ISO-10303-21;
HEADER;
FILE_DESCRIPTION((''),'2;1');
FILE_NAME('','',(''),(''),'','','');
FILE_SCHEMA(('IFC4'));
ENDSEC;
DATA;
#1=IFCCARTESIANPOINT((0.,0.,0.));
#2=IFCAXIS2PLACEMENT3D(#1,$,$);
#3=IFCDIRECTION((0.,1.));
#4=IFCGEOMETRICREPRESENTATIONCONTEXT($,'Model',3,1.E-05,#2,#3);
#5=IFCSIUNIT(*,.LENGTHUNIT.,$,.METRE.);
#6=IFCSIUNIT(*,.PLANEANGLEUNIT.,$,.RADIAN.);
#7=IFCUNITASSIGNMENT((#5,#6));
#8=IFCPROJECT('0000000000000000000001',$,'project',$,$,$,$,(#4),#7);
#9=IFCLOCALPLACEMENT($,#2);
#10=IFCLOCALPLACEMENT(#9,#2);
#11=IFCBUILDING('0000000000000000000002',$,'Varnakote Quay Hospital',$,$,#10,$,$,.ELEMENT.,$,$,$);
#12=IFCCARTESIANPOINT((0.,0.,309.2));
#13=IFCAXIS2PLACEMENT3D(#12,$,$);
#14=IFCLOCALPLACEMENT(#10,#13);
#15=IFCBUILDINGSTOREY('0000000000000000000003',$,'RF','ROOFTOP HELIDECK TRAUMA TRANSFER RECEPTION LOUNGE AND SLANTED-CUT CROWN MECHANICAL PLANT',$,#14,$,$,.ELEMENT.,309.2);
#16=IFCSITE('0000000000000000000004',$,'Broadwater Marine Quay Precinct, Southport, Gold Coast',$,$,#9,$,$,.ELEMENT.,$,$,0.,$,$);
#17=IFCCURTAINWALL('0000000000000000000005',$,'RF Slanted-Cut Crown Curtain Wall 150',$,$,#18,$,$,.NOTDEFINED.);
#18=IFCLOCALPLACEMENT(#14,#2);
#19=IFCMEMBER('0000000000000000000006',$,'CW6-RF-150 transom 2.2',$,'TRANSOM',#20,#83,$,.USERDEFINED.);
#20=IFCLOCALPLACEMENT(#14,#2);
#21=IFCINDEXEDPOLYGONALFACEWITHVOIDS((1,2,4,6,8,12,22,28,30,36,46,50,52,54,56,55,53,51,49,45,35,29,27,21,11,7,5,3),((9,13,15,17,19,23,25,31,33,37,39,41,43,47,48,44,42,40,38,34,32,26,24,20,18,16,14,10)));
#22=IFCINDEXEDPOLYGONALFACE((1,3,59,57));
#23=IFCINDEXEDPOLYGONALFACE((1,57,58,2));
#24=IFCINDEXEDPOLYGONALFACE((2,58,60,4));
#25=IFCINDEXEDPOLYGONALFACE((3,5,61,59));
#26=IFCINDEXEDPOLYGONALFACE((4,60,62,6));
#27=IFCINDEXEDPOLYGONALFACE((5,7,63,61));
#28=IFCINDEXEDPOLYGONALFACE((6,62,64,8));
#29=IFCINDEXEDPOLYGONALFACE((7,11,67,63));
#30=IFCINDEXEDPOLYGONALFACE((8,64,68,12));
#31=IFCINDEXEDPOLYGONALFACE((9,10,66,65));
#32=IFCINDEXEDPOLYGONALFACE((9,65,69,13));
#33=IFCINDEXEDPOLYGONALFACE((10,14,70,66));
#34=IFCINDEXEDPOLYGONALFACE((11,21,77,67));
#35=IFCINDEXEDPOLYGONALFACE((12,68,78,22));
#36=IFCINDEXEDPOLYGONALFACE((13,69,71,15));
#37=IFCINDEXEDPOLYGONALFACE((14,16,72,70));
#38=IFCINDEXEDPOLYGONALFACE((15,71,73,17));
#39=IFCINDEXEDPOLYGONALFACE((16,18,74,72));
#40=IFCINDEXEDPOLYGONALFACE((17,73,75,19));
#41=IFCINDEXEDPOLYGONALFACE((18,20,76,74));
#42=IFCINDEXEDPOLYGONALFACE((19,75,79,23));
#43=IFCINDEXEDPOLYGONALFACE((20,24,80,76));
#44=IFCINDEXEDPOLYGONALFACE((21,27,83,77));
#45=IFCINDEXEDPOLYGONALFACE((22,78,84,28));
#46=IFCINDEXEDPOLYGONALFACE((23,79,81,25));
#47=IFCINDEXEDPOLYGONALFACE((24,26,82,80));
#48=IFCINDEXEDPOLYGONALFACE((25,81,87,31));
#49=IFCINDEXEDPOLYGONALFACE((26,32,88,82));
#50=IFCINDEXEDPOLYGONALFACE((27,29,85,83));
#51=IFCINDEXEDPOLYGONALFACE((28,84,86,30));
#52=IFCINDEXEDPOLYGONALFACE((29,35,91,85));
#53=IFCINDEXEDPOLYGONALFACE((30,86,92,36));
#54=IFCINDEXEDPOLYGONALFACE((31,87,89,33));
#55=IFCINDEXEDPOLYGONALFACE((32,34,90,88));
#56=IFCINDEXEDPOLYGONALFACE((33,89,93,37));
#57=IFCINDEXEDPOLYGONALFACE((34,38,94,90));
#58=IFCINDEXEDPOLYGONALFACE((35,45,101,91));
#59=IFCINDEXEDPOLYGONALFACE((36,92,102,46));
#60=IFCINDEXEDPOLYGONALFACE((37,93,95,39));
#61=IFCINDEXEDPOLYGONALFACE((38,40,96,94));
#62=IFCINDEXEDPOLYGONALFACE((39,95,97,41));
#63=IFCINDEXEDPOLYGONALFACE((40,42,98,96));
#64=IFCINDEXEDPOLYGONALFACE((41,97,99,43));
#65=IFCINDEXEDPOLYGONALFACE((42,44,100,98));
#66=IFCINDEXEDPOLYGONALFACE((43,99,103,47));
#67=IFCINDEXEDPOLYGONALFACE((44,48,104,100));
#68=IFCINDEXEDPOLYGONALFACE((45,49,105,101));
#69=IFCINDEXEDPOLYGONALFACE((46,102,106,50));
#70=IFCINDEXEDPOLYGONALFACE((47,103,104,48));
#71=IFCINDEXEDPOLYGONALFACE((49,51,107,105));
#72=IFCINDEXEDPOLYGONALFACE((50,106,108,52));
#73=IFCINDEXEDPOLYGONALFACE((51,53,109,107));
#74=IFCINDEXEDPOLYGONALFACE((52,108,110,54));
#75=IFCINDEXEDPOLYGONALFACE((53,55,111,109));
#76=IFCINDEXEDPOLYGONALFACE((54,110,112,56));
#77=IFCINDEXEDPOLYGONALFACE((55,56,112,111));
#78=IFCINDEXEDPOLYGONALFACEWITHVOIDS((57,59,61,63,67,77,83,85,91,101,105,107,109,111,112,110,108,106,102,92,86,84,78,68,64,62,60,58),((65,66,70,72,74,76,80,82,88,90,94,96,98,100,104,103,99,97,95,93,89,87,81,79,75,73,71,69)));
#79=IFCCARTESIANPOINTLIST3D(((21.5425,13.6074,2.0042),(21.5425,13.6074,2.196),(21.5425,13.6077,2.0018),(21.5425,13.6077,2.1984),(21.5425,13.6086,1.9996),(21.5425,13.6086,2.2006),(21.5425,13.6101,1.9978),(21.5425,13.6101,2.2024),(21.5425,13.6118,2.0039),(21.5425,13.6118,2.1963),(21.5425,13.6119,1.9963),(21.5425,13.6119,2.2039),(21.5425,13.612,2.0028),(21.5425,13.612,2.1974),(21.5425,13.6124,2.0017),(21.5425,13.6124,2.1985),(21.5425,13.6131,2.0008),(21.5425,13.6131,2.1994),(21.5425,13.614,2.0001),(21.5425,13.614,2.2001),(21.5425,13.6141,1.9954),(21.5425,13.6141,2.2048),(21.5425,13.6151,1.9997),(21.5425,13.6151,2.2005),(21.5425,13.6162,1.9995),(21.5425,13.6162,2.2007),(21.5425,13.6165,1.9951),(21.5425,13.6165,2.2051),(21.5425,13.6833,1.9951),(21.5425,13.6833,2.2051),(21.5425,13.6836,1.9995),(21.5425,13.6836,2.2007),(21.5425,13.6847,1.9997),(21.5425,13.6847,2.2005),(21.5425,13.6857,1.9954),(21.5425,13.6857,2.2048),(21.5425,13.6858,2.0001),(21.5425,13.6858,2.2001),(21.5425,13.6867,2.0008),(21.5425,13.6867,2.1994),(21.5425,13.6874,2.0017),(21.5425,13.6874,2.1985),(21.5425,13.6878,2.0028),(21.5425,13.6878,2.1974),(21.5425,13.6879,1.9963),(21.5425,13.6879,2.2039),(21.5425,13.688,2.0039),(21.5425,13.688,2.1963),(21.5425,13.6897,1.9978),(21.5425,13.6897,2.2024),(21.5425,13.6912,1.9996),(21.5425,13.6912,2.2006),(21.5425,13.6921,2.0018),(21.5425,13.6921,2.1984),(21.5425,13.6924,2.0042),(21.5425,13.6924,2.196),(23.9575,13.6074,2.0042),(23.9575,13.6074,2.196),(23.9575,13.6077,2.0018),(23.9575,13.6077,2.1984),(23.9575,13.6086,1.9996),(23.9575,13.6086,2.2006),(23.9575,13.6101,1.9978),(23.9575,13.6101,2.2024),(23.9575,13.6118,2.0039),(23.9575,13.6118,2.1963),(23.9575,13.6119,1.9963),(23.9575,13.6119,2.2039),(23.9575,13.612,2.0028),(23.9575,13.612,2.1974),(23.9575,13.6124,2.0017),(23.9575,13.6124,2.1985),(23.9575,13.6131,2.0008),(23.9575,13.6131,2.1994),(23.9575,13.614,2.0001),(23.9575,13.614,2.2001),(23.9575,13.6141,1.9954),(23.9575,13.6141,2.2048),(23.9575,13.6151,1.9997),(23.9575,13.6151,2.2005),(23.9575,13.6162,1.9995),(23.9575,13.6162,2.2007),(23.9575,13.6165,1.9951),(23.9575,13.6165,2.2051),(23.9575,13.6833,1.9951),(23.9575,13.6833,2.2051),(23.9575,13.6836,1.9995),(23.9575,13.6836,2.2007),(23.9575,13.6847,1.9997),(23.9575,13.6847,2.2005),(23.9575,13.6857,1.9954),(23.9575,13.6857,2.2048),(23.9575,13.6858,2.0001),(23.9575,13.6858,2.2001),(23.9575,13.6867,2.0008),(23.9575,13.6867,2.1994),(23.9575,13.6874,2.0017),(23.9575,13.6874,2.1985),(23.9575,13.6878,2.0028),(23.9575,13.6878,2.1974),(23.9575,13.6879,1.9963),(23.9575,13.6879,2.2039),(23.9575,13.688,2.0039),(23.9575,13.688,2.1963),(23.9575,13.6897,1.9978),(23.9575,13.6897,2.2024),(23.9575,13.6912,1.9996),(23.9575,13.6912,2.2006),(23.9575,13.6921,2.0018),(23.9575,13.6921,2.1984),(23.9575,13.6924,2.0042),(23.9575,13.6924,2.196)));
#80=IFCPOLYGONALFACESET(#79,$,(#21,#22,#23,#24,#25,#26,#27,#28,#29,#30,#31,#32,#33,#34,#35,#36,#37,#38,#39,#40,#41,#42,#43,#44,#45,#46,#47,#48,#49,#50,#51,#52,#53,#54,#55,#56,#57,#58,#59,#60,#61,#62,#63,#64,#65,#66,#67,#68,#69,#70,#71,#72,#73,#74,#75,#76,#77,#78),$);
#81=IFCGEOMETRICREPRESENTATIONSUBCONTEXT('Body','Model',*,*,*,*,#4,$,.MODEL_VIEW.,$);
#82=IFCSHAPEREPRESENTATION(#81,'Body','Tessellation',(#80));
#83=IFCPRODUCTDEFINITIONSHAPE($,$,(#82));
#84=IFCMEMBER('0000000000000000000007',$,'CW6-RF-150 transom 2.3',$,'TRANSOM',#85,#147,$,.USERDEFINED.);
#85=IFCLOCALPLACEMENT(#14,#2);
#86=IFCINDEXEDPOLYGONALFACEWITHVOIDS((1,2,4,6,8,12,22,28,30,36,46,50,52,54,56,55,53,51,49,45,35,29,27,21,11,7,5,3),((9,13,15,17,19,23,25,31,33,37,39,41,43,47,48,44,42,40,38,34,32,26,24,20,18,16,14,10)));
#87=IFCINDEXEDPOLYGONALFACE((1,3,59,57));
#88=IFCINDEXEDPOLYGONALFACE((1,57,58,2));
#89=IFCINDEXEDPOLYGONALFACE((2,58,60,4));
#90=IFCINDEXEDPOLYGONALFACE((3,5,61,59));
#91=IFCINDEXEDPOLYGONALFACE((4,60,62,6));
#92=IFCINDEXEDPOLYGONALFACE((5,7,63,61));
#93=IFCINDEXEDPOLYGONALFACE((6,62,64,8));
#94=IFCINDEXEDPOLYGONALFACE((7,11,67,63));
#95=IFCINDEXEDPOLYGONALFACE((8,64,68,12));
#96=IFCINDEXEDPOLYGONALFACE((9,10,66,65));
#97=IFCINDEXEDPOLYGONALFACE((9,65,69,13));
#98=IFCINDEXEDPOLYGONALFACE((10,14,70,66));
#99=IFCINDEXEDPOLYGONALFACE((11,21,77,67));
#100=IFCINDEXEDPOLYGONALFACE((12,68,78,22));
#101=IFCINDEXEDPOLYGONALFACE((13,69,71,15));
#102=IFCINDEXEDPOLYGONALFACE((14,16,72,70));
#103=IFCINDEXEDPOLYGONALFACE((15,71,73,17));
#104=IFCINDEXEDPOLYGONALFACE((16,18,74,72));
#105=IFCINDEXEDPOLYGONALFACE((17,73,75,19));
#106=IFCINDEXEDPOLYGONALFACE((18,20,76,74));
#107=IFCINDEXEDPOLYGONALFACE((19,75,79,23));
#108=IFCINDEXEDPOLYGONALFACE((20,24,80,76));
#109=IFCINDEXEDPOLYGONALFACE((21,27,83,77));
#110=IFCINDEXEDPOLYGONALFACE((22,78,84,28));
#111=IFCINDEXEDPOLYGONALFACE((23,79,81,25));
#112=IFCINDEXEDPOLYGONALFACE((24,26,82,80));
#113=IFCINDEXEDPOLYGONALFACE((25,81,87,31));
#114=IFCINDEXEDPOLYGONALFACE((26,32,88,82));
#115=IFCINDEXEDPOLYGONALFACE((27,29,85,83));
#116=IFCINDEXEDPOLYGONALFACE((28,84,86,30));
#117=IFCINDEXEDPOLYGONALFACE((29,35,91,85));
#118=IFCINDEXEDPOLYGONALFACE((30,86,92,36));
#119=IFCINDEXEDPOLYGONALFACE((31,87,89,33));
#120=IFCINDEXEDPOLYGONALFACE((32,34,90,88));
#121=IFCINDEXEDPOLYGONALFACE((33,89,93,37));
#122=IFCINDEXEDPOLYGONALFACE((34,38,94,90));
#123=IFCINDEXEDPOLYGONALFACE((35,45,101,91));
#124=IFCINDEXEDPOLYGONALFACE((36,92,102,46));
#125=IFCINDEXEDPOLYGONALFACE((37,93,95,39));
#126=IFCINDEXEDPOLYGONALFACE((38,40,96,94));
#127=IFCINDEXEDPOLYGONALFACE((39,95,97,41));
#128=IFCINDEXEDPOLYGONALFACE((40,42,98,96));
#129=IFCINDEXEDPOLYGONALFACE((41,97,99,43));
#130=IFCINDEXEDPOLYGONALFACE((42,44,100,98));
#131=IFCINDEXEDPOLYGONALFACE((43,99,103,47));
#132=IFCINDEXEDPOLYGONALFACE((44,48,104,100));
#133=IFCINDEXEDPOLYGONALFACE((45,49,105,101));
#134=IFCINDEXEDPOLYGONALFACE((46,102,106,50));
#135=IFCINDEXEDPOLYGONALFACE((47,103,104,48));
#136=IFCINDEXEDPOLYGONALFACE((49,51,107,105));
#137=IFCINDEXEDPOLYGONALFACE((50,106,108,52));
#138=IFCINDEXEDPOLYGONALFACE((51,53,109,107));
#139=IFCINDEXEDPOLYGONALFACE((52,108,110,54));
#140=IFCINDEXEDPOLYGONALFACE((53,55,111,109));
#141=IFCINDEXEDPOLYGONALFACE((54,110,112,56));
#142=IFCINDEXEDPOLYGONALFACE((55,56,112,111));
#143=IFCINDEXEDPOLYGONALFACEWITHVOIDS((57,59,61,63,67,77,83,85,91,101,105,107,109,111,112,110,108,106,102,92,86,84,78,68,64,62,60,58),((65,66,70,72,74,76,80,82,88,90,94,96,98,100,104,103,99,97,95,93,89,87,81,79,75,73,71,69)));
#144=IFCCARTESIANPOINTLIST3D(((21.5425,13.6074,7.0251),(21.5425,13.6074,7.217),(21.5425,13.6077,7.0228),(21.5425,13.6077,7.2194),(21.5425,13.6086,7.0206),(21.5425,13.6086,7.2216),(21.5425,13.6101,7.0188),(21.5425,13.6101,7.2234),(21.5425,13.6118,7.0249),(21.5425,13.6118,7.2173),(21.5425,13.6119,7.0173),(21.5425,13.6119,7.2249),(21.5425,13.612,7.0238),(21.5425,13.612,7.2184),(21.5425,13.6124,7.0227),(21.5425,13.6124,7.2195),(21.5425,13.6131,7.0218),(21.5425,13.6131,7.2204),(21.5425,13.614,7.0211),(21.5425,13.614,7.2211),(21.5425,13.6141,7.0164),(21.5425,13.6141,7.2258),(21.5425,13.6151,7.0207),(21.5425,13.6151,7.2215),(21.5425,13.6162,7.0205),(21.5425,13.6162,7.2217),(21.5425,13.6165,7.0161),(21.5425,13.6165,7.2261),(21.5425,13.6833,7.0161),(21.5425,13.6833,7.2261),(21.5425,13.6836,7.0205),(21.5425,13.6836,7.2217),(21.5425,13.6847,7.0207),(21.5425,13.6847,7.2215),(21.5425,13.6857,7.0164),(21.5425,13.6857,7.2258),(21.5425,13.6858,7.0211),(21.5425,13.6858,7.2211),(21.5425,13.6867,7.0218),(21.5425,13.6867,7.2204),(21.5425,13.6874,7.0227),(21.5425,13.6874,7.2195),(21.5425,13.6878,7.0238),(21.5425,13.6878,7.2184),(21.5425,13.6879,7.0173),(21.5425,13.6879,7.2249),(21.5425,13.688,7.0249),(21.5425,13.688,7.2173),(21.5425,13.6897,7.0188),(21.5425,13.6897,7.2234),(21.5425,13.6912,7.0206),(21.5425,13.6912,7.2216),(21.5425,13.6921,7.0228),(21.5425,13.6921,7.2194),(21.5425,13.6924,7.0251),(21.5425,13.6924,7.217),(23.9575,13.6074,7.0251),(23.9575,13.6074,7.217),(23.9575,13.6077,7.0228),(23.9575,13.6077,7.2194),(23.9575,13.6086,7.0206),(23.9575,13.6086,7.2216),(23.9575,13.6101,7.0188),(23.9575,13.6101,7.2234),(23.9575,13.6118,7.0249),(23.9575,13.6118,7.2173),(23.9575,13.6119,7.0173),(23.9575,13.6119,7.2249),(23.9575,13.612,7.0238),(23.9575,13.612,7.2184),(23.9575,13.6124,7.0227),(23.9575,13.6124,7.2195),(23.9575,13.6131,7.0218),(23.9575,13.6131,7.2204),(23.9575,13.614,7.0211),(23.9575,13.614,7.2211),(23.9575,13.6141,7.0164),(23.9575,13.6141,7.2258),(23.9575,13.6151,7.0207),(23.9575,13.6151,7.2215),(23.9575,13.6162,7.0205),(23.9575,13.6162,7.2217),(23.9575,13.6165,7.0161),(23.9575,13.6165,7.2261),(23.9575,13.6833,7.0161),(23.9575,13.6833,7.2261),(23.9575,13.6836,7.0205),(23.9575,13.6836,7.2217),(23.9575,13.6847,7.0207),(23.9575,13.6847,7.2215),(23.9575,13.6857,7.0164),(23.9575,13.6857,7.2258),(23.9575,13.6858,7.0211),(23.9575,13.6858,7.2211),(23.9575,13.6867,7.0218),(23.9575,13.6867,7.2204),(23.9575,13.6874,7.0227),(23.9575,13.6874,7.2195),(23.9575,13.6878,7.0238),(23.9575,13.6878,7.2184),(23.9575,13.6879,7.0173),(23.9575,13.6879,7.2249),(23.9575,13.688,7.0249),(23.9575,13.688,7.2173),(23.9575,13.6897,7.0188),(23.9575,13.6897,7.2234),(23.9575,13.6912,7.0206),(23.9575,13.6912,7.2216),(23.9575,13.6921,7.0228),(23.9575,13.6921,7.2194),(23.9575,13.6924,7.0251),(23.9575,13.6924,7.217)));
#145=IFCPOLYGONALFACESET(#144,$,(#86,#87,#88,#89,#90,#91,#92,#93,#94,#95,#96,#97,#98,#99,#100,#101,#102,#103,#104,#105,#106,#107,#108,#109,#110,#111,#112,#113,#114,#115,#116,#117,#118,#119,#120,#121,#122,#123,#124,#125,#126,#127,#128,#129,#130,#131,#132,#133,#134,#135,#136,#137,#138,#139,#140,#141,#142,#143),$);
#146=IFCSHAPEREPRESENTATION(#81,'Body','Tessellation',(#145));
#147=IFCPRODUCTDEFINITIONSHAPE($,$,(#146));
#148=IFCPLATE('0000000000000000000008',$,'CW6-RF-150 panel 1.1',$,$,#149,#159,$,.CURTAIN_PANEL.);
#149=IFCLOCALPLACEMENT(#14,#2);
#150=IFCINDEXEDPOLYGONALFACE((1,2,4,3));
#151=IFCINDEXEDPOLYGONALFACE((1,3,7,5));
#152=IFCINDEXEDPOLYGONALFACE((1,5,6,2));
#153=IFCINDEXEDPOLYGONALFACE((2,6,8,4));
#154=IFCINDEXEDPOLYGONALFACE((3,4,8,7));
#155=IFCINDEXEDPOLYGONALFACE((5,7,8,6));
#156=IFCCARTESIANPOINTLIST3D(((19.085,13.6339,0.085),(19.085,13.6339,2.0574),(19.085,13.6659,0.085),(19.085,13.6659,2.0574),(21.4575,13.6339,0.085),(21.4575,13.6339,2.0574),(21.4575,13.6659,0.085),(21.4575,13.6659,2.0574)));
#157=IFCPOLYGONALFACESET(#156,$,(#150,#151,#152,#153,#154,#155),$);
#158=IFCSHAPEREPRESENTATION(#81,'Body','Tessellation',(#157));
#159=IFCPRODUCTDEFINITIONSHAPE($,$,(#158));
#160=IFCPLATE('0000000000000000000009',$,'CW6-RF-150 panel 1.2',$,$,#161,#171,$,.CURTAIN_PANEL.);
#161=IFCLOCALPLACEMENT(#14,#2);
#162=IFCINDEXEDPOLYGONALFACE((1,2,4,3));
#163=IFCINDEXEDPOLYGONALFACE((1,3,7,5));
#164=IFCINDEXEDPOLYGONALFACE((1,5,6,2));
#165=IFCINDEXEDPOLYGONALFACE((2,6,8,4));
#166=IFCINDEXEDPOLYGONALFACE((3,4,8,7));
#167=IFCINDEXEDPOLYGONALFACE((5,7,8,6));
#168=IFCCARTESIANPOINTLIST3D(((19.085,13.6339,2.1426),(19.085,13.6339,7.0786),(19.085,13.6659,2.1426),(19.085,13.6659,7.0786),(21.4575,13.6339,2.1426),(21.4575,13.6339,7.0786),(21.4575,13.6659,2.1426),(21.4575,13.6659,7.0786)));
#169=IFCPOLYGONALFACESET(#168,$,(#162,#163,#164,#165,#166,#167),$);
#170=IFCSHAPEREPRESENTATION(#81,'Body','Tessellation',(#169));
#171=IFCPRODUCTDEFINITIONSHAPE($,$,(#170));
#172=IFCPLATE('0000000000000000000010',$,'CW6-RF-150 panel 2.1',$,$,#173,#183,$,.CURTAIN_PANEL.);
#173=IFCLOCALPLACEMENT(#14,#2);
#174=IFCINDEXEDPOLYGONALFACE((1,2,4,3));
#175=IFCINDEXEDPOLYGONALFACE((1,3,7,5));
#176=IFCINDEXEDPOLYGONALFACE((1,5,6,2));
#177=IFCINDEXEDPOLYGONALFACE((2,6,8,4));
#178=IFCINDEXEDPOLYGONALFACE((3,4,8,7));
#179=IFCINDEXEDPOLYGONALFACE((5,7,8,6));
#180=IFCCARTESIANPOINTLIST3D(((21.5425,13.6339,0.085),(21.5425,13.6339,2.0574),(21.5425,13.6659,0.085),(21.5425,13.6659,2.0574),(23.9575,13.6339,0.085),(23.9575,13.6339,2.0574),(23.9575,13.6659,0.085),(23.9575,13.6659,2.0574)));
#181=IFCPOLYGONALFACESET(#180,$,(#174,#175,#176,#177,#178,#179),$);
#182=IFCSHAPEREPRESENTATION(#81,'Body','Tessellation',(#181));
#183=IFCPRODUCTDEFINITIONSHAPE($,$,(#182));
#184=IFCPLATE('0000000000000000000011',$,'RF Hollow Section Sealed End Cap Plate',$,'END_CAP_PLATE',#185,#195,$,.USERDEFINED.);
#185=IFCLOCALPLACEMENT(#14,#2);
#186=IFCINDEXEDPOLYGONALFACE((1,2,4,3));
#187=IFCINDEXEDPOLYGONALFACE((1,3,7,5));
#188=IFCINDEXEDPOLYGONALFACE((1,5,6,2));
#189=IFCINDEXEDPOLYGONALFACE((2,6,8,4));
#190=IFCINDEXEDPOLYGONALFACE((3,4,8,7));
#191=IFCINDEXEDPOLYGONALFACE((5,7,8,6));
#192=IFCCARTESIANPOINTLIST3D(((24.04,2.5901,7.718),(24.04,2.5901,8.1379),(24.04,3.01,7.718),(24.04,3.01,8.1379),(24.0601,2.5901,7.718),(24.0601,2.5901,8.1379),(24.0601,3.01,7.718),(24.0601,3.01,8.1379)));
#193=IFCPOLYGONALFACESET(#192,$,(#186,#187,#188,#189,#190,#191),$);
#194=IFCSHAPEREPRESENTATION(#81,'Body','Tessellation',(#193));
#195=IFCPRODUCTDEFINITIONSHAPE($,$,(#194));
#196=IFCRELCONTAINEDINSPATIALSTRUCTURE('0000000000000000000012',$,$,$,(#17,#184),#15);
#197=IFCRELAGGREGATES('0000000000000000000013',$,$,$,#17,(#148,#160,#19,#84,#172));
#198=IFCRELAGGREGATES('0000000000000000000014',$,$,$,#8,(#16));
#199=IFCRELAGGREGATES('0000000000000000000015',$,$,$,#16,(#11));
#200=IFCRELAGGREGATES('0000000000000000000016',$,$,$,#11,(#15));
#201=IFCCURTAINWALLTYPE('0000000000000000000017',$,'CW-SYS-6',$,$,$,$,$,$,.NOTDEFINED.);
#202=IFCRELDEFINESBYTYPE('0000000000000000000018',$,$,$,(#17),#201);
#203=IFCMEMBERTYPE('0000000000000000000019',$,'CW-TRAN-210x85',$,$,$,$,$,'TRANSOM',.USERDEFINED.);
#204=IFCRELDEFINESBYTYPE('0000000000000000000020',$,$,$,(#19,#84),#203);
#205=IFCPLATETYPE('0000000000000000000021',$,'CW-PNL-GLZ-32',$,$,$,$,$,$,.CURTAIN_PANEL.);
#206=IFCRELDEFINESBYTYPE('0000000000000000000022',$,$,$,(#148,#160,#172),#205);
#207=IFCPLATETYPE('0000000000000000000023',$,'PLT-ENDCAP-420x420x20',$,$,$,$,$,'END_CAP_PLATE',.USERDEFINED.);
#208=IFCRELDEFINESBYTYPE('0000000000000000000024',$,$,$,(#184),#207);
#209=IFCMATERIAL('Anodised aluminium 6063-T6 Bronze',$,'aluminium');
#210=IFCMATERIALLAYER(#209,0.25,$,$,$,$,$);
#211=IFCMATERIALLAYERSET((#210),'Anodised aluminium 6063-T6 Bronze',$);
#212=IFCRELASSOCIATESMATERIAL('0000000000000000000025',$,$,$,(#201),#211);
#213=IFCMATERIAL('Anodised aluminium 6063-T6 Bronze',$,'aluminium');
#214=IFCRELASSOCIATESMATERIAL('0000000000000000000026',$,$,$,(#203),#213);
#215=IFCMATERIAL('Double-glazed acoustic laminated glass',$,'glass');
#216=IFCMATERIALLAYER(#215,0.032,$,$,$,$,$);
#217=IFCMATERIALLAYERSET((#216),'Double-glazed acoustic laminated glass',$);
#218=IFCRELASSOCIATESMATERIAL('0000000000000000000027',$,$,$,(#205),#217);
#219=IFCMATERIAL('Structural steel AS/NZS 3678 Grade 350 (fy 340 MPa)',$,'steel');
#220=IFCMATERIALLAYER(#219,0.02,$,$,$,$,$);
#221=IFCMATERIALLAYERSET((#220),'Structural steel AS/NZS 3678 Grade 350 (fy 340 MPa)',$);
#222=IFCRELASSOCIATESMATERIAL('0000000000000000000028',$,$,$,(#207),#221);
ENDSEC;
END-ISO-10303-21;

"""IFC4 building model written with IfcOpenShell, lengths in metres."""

from ifc_helpers import new_model, si_unit, direction, frame, origin, origin_2d, place, context, subcontext, project, spatial, rectangle, hollow_rectangle, extrude, material, layer, layer_set, material_profile, profile_set, type_object, element, aggregate, save


model = new_model("IFC4")

# Units and contexts
model_context = context("Model", 3, precision=1e-05, world=origin(), true_north=direction((0.0, 1.0)))
body_context = subcontext(model_context, "Body", "Model", "MODEL_VIEW")
ifc_project = project(units=[si_unit("LENGTHUNIT", "METRE"), si_unit("PLANEANGLEUNIT", "RADIAN")], contexts=[model_context])

# Site, building, storey
site_placement = place(None, origin())
site = spatial("IfcSite", under=ifc_project, at=site_placement, Name="Broadwater Marine Quay Precinct, Southport, Gold Coast", CompositionType="ELEMENT", RefElevation=0.0)
building_placement = place(site_placement, origin())
building = spatial("IfcBuilding", under=site, at=building_placement, Name="Varnakote Quay Hospital", CompositionType="ELEMENT")
storey_placement = place(building_placement, frame((0.0, 0.0, 309.2)))
storey = spatial("IfcBuildingStorey", under=building, at=storey_placement, Name="RF", Description="ROOFTOP HELIDECK TRAUMA TRANSFER RECEPTION LOUNGE AND SLANTED-CUT CROWN MECHANICAL PLANT", CompositionType="ELEMENT", Elevation=309.2)

# Curtain wall, members, plates
ifc_material_1 = material(Name="Anodised aluminium 6063-T6 Bronze", Category="aluminium")
ifc_layer_1 = layer(ifc_material_1, 0.25)
ifc_layer_set_1 = layer_set([ifc_layer_1], Name="Anodised aluminium 6063-T6 Bronze")
curtain_wall_type = type_object("IfcCurtainWallType", Name="CW-SYS-6", PredefinedType="NOTDEFINED", material=ifc_layer_set_1)
curtain_wall_placement = place(storey_placement, origin())
curtain_wall = element("IfcCurtainWall", 1, at=curtain_wall_placement, inside=storey, type_object=curtain_wall_type, Name="RF Slanted-Cut Crown Curtain Wall 150", PredefinedType="NOTDEFINED")
ifc_material_2 = material(Name="Anodised aluminium 6063-T6 Bronze", Category="aluminium")
ifc_material_profile_1 = material_profile(ifc_material_2, hollow_rectangle(XDim=0.085, YDim=0.21, WallThickness=0.0044, InnerFilletRadius=0.0044, OuterFilletRadius=0.009, at=origin_2d()), Name="CW-TRAN-210x85")
ifc_profile_set_1 = profile_set([ifc_material_profile_1], Name="Anodised aluminium 6063-T6 Bronze")
member_type_1 = type_object("IfcMemberType", Name="CW-TRAN-210x85", ElementType="TRANSOM", PredefinedType="USERDEFINED", material=ifc_profile_set_1)
member_1_placement = place(storey_placement, frame((21.5425, 13.6499, 2.1001), z_axis=(1.0, 0.0, 0.0), x_axis=(0.0, 1.0, 0.0)))
member_1 = element("IfcMember", 2, at=member_1_placement, type_object=member_type_1, Name="CW6-RF-150 transom 2.2", ObjectType="TRANSOM", PredefinedType="USERDEFINED", context=body_context, shape_type="SweptSolid", body=[
    extrude(hollow_rectangle(XDim=0.085, YDim=0.21, WallThickness=0.0044, InnerFilletRadius=0.0044, OuterFilletRadius=0.009, at=origin_2d()), origin(), (0.0, 0.0, 1.0), 2.415),
])
member_2_placement = place(storey_placement, frame((21.5425, 13.6499, 7.1211), z_axis=(1.0, 0.0, 0.0), x_axis=(0.0, 1.0, 0.0)))
member_2 = element("IfcMember", 3, at=member_2_placement, type_object=member_type_1, Name="CW6-RF-150 transom 2.3", ObjectType="TRANSOM", PredefinedType="USERDEFINED", context=body_context, shape_type="SweptSolid", body=[
    extrude(hollow_rectangle(XDim=0.085, YDim=0.21, WallThickness=0.0044, InnerFilletRadius=0.0044, OuterFilletRadius=0.009, at=origin_2d()), origin(), (0.0, 0.0, 1.0), 2.415),
])
ifc_material_3 = material(Name="Double-glazed acoustic laminated glass", Category="glass")
ifc_layer_2 = layer(ifc_material_3, 0.032)
ifc_layer_set_2 = layer_set([ifc_layer_2], Name="Double-glazed acoustic laminated glass")
plate_type_1 = type_object("IfcPlateType", Name="CW-PNL-GLZ-32", PredefinedType="CURTAIN_PANEL", material=ifc_layer_set_2)
plate_1_placement = place(storey_placement, frame((20.2712, 13.6499, 0.085), z_axis=(0.0, 0.0, 1.0), x_axis=(1.0, 0.0, 0.0)))
plate_1 = element("IfcPlate", 4, at=plate_1_placement, type_object=plate_type_1, Name="CW6-RF-150 panel 1.1", PredefinedType="CURTAIN_PANEL", context=body_context, shape_type="SweptSolid", body=[
    extrude(rectangle(XDim=2.3726, YDim=0.032, at=origin_2d()), origin(), (0.0, 0.0, 1.0), 1.9724),
])
plate_2_placement = place(storey_placement, frame((20.2712, 13.6499, 2.1426), z_axis=(0.0, 0.0, 1.0), x_axis=(1.0, 0.0, 0.0)))
plate_2 = element("IfcPlate", 5, at=plate_2_placement, type_object=plate_type_1, Name="CW6-RF-150 panel 1.2", PredefinedType="CURTAIN_PANEL", context=body_context, shape_type="SweptSolid", body=[
    extrude(rectangle(XDim=2.3726, YDim=0.032, at=origin_2d()), origin(), (0.0, 0.0, 1.0), 4.936),
])
plate_3_placement = place(storey_placement, frame((22.75, 13.6499, 0.085), z_axis=(0.0, 0.0, 1.0), x_axis=(1.0, 0.0, 0.0)))
plate_3 = element("IfcPlate", 6, at=plate_3_placement, type_object=plate_type_1, Name="CW6-RF-150 panel 2.1", PredefinedType="CURTAIN_PANEL", context=body_context, shape_type="SweptSolid", body=[
    extrude(rectangle(XDim=2.415, YDim=0.032, at=origin_2d()), origin(), (0.0, 0.0, 1.0), 1.9724),
])
aggregate(curtain_wall, [plate_1, plate_2, member_1, member_2, plate_3])

# Plate
ifc_material_4 = material(Name="Structural steel AS/NZS 3678 Grade 350 (fy 340 MPa)", Category="steel")
ifc_layer_3 = layer(ifc_material_4, 0.02)
ifc_layer_set_3 = layer_set([ifc_layer_3], Name="Structural steel AS/NZS 3678 Grade 350 (fy 340 MPa)")
plate_type_2 = type_object("IfcPlateType", Name="PLT-ENDCAP-420x420x20", ElementType="END_CAP_PLATE", PredefinedType="USERDEFINED", material=ifc_layer_set_3)
plate_4_placement = place(storey_placement, frame((24.05, 2.8, 7.718), z_axis=(0.0, 0.0, 1.0), x_axis=(1.0, 0.0, 0.0)))
element("IfcPlate", 7, at=plate_4_placement, inside=storey, type_object=plate_type_2, Name="RF Hollow Section Sealed End Cap Plate", ObjectType="END_CAP_PLATE", PredefinedType="USERDEFINED", context=body_context, shape_type="SweptSolid", body=[
    extrude(rectangle(XDim=0.02, YDim=0.4199, at=origin_2d()), origin(), (0.0, 0.0, 1.0), 0.4199),
])

save(model, "model.ifc")
